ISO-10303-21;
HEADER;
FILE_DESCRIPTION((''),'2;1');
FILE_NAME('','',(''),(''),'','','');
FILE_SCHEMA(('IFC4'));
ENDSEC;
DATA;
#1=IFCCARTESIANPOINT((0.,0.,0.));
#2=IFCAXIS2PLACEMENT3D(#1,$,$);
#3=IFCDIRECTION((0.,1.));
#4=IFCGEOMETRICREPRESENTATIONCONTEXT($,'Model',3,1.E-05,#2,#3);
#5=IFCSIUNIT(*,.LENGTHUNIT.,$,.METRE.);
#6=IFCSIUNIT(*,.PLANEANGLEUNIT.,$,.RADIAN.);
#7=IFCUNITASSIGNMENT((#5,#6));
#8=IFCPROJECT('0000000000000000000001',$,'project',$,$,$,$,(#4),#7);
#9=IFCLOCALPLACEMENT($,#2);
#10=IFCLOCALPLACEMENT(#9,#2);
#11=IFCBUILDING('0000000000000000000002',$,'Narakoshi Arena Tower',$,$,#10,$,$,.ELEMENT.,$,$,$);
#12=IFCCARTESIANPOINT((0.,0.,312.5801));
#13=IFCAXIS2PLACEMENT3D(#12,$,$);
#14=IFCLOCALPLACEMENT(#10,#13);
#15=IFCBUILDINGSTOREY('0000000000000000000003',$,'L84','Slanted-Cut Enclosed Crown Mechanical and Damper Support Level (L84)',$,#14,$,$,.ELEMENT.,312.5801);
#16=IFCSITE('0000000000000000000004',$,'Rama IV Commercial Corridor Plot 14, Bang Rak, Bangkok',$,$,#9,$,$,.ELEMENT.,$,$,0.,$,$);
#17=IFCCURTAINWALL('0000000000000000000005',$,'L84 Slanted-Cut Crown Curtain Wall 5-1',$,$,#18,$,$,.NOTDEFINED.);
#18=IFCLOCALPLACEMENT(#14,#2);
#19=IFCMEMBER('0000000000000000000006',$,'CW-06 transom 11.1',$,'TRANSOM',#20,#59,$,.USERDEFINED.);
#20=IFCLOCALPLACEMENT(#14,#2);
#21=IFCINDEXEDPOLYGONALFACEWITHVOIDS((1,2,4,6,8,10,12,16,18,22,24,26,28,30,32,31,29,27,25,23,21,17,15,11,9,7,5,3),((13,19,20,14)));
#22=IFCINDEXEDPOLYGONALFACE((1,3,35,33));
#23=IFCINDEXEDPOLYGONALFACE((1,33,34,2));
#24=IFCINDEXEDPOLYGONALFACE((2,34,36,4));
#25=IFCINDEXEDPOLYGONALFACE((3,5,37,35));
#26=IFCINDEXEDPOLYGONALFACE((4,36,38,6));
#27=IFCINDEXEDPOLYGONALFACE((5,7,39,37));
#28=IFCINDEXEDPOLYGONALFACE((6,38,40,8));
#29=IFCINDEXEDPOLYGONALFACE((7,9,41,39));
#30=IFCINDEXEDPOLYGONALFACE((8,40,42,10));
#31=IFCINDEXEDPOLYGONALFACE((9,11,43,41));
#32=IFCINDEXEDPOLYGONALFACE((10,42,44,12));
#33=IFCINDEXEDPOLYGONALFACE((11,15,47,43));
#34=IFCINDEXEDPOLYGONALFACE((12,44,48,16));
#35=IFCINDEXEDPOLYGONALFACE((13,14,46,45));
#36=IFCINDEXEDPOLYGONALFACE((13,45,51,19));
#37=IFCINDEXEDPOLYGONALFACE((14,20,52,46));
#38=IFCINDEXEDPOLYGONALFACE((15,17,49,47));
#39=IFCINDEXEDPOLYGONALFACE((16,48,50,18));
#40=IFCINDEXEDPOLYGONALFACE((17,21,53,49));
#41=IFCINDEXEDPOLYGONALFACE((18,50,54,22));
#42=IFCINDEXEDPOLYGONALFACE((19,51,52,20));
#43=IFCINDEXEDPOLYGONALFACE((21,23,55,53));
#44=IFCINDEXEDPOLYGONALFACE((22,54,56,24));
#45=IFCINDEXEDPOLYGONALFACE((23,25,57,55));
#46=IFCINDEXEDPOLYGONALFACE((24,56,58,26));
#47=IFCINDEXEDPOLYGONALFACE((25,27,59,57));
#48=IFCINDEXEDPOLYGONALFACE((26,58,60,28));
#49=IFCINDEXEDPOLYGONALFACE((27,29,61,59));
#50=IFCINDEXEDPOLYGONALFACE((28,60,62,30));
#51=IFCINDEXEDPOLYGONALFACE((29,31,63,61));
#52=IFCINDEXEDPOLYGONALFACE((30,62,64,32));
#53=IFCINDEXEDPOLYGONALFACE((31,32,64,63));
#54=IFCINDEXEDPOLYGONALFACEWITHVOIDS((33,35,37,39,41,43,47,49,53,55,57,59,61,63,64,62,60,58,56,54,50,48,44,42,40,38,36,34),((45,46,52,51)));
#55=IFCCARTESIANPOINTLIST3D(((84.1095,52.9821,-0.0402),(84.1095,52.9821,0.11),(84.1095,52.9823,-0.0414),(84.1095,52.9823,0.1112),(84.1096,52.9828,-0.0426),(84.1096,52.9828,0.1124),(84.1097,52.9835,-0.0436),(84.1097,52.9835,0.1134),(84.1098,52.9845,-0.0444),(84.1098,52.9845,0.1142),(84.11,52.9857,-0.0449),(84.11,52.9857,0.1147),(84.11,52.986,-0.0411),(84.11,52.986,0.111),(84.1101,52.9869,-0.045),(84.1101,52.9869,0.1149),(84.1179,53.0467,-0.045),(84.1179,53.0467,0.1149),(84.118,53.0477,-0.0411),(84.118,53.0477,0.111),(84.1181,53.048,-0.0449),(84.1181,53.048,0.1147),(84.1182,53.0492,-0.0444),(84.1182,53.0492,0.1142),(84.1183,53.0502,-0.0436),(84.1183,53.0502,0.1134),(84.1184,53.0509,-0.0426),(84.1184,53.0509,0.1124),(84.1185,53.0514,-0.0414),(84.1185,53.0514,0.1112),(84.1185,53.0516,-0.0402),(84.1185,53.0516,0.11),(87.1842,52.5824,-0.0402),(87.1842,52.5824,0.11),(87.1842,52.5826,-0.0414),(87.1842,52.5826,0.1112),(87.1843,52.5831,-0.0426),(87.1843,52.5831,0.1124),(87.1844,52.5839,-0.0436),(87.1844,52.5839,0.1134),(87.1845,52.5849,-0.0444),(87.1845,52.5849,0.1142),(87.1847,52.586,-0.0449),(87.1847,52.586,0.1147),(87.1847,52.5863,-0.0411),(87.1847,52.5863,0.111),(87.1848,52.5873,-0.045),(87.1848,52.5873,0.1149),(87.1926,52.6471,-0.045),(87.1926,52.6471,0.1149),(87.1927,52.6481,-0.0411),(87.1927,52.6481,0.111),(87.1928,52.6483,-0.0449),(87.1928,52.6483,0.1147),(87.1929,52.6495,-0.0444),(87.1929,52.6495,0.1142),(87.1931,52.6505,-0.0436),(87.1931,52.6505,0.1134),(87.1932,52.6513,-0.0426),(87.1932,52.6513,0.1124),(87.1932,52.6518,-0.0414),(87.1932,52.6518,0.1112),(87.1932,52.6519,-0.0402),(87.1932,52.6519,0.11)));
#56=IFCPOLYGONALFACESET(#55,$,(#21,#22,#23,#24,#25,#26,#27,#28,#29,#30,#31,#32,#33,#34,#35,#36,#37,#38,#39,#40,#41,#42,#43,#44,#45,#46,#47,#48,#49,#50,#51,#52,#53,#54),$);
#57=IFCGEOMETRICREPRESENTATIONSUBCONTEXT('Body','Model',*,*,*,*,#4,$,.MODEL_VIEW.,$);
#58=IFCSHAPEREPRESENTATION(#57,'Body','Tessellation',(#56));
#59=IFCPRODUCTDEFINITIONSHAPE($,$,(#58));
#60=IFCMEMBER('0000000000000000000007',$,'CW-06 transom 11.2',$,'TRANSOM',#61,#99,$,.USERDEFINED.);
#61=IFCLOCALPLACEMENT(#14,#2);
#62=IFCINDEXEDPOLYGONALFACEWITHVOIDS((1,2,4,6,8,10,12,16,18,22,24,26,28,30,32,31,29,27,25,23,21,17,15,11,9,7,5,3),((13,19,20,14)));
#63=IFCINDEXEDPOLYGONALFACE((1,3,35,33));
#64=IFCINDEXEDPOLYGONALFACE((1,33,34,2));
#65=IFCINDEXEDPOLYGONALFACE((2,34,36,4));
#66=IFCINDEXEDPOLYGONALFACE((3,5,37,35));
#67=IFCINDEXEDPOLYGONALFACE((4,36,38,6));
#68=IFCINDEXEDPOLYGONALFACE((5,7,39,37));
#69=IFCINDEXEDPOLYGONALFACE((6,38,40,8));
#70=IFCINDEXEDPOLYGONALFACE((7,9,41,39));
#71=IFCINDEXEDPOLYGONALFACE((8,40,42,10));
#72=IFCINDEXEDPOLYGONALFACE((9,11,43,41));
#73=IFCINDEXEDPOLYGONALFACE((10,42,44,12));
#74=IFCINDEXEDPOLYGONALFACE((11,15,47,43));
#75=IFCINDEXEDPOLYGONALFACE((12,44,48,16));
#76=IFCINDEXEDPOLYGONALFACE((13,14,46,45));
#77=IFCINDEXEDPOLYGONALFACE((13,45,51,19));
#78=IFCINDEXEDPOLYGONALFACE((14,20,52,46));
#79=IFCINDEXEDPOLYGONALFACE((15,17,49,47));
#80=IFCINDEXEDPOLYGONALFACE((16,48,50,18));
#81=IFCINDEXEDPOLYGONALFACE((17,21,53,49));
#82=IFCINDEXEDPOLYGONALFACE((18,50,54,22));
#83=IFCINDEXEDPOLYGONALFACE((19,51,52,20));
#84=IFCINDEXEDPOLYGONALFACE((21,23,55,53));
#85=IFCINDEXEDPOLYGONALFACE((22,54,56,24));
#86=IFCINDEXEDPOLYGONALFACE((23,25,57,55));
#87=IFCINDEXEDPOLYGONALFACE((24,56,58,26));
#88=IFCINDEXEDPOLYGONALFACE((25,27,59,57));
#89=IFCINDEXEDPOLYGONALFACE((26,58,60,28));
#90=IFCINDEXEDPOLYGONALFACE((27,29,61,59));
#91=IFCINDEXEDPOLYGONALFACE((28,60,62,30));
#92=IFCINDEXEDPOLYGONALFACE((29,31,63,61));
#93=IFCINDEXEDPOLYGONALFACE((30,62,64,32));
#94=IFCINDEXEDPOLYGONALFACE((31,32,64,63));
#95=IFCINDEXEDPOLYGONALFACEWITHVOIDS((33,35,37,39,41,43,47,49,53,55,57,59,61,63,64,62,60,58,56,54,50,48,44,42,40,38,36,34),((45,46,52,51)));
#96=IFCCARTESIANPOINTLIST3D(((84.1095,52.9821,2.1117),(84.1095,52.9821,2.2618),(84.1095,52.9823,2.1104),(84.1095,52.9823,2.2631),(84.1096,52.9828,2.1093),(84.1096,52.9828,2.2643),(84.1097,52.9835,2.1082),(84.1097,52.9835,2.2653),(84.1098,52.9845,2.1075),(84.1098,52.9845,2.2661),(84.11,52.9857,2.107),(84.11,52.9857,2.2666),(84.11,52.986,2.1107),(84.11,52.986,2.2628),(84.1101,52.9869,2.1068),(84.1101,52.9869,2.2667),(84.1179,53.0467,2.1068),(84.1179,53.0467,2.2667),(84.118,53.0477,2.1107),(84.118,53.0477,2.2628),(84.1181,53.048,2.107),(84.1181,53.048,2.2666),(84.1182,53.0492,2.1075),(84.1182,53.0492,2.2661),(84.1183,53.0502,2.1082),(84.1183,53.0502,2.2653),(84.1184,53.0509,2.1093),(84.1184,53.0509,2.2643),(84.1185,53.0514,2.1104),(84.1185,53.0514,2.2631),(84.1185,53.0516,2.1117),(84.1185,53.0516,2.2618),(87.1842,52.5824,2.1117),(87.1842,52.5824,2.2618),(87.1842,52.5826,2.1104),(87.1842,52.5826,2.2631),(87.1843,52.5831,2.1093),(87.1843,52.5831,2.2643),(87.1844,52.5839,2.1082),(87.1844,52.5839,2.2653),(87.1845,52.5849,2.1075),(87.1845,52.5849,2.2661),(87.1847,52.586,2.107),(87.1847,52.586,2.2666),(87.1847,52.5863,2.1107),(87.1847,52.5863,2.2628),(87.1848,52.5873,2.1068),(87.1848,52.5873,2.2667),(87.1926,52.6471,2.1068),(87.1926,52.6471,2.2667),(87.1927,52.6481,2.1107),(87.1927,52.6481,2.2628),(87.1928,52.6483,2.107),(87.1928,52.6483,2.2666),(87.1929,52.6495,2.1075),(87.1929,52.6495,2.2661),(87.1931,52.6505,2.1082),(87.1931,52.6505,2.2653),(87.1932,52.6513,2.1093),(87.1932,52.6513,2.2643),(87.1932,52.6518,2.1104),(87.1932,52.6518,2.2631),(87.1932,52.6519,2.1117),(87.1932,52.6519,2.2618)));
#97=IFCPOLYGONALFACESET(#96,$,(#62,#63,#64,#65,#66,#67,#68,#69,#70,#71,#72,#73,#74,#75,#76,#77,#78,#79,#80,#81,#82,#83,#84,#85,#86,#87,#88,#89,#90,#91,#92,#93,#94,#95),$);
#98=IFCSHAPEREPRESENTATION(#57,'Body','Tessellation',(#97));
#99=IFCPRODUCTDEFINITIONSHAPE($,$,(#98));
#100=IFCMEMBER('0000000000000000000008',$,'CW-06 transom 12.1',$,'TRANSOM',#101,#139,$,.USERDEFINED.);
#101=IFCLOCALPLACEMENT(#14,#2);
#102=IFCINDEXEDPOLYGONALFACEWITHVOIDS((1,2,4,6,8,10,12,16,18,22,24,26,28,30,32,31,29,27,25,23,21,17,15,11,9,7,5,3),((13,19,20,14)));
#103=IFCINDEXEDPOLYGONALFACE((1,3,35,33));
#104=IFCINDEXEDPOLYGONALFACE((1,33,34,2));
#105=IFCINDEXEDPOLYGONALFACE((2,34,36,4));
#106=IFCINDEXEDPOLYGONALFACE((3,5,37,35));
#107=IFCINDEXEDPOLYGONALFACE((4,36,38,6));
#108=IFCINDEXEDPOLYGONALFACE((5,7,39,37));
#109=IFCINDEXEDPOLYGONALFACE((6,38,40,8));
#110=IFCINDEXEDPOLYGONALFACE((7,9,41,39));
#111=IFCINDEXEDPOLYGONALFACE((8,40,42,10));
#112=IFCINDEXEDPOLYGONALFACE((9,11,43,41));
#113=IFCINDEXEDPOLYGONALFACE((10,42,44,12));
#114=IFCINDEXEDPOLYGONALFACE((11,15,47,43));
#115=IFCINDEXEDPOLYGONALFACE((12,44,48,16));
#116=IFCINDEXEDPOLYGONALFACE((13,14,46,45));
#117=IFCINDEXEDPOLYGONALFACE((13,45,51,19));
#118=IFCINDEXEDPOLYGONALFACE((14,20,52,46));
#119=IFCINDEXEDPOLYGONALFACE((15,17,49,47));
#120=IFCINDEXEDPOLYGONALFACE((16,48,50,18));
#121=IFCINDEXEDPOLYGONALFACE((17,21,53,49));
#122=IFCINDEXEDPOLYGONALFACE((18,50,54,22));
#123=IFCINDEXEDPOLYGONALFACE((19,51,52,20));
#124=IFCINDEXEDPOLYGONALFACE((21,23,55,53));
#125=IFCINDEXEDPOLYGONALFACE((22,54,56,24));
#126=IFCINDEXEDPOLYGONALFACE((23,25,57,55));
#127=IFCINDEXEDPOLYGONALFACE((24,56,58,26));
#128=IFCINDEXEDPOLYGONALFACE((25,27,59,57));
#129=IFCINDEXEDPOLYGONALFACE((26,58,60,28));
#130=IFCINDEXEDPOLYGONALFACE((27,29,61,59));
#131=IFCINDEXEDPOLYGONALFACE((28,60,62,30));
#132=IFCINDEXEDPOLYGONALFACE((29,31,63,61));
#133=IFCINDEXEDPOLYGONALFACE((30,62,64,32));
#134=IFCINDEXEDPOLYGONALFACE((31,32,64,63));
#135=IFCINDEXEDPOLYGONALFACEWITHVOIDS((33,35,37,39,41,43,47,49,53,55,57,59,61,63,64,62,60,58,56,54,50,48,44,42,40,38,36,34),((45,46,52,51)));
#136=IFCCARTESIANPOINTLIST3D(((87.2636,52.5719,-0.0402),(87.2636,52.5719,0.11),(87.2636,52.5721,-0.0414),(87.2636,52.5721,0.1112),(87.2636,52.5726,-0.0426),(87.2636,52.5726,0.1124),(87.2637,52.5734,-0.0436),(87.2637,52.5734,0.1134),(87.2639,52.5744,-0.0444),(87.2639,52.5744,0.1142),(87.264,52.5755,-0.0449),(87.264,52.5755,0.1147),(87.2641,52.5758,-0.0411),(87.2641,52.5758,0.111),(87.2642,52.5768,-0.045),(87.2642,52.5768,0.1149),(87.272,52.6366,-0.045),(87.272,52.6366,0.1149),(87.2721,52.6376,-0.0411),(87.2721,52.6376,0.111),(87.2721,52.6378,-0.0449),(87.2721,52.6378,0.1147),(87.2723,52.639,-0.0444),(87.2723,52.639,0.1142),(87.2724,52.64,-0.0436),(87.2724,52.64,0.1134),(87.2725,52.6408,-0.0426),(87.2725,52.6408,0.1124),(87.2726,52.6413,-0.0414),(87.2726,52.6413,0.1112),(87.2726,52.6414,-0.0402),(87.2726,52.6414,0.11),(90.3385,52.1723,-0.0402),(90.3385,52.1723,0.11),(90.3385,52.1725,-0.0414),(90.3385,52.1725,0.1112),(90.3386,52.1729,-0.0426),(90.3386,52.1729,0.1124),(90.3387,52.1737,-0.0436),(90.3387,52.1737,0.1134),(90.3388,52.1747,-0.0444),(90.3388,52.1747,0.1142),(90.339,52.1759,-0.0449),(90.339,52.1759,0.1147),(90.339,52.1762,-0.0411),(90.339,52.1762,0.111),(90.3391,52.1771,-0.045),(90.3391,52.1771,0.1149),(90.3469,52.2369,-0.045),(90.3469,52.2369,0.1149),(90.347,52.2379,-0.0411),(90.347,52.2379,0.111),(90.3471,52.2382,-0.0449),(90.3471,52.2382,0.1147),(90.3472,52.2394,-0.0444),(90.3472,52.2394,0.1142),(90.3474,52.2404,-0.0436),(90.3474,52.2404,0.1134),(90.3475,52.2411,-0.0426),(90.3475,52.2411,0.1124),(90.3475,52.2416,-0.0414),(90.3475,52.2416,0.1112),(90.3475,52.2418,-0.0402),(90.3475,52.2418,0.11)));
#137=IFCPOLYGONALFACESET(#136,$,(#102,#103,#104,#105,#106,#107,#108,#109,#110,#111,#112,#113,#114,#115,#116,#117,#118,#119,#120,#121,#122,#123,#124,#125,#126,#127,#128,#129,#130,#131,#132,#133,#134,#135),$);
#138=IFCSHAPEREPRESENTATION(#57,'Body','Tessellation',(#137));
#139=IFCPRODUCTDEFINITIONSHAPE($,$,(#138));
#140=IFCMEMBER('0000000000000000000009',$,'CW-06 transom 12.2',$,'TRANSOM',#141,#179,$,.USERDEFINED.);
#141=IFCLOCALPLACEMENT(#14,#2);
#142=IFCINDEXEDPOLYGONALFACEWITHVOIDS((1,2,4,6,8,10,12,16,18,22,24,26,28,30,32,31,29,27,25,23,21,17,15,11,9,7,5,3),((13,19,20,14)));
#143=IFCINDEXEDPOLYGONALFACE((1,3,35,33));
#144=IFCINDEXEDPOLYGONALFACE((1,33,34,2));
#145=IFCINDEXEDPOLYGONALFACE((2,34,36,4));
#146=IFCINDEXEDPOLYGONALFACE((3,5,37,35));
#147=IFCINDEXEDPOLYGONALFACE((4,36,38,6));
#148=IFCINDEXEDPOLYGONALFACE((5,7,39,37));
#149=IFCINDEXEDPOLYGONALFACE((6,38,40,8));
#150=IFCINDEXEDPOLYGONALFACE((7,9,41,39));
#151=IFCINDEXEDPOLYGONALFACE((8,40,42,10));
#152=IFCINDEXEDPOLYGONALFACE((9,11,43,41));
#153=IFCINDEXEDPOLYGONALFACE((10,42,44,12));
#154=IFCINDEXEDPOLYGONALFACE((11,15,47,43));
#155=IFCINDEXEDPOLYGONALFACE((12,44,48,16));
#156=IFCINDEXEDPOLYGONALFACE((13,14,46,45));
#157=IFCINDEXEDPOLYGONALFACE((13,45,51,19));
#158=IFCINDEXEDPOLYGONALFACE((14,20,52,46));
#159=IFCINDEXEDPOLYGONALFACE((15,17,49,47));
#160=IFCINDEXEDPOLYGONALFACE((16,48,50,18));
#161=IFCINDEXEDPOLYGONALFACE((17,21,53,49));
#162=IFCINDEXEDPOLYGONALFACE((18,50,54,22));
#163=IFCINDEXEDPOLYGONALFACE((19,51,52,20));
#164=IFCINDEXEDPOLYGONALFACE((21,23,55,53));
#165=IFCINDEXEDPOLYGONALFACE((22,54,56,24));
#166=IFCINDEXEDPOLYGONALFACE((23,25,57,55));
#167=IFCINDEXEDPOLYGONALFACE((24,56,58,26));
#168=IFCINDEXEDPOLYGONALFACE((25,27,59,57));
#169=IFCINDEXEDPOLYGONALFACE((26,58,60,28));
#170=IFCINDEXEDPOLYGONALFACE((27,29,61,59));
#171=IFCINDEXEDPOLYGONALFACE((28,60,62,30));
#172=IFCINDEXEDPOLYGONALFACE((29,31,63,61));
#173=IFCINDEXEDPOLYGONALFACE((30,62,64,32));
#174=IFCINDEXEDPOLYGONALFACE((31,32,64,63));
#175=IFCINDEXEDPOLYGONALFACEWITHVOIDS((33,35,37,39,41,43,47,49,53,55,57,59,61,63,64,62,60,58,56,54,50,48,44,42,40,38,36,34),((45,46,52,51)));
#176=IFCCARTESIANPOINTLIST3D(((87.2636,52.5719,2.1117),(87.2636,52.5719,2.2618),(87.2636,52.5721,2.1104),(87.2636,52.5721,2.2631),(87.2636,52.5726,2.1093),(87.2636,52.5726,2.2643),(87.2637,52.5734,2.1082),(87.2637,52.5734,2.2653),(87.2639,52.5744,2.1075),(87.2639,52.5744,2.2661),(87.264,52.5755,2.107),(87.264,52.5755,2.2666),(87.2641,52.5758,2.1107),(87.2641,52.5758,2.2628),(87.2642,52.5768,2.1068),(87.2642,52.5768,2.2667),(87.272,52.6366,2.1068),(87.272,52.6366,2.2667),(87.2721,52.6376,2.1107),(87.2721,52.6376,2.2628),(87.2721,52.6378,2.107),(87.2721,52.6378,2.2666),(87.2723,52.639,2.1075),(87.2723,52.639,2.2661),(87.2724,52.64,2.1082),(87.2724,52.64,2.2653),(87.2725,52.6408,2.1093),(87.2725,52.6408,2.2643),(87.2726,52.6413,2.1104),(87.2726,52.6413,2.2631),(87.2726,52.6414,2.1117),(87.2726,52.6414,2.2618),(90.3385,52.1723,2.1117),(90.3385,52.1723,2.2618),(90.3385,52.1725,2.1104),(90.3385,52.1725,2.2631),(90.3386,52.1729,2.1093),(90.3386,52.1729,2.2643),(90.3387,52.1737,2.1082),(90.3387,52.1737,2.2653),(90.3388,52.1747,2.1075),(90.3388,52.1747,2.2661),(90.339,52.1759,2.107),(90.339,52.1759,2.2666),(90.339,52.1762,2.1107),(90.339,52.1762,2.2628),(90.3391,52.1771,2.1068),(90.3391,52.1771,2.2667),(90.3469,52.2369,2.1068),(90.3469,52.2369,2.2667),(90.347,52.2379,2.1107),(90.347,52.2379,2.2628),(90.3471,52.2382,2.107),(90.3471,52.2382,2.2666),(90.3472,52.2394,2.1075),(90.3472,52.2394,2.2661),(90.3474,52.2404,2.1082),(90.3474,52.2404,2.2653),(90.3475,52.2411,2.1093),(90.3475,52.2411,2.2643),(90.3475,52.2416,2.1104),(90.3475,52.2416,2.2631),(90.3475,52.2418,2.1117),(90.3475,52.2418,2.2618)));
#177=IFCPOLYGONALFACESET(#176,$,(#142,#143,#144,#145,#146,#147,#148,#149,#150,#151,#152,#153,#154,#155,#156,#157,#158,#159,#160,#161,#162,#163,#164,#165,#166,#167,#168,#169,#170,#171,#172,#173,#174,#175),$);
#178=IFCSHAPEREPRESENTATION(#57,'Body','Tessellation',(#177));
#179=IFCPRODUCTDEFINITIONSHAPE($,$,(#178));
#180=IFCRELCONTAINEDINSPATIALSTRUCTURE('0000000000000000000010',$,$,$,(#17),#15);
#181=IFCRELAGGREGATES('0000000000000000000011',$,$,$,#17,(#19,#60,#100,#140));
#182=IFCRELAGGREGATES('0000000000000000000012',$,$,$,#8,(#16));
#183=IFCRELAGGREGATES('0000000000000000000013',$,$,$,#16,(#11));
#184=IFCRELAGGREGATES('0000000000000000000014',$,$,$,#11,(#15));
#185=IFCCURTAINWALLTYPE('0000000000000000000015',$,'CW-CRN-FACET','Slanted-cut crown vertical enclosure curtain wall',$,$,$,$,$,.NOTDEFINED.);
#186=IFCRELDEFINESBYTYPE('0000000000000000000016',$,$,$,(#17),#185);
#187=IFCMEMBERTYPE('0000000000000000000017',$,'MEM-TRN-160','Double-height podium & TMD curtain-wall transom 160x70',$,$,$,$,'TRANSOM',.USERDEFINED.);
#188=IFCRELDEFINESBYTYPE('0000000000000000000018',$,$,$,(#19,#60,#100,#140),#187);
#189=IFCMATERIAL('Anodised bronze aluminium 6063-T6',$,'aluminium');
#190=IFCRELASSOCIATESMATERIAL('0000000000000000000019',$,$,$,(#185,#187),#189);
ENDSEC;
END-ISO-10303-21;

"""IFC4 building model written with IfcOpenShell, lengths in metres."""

from ifc_helpers import new_model, si_unit, direction, frame, origin, origin_2d, place, context, subcontext, project, spatial, hollow_rectangle, extrude, material, material_profile, profile_set, type_object, element, aggregate, save


model = new_model("IFC4")

# Units and contexts
model_context = context("Model", 3, precision=1e-05, world=origin(), true_north=direction((0.0, 1.0)))
body_context = subcontext(model_context, "Body", "Model", "MODEL_VIEW")
ifc_project = project(units=[si_unit("LENGTHUNIT", "METRE"), si_unit("PLANEANGLEUNIT", "RADIAN")], contexts=[model_context])

# Site, building, storey
site_placement = place(None, origin())
site = spatial("IfcSite", under=ifc_project, at=site_placement, Name="Rama IV Commercial Corridor Plot 14, Bang Rak, Bangkok", CompositionType="ELEMENT", RefElevation=0.0)
building_placement = place(site_placement, origin())
building = spatial("IfcBuilding", under=site, at=building_placement, Name="Narakoshi Arena Tower", CompositionType="ELEMENT")
storey_placement = place(building_placement, frame((0.0, 0.0, 312.5801)))
storey = spatial("IfcBuildingStorey", under=building, at=storey_placement, Name="L84", Description="Slanted-Cut Enclosed Crown Mechanical and Damper Support Level (L84)", CompositionType="ELEMENT", Elevation=312.5801)

# Curtain wall, members
ifc_material_1 = material(Name="Anodised bronze aluminium 6063-T6", Category="aluminium")
curtain_wall_type = type_object("IfcCurtainWallType", Name="CW-CRN-FACET", Description="Slanted-cut crown vertical enclosure curtain wall", PredefinedType="NOTDEFINED", material=ifc_material_1)
curtain_wall_placement = place(storey_placement, origin())
curtain_wall = element("IfcCurtainWall", 1, at=curtain_wall_placement, inside=storey, type_object=curtain_wall_type, Name="L84 Slanted-Cut Crown Curtain Wall 5-1", PredefinedType="NOTDEFINED")
ifc_material_profile_1 = material_profile(ifc_material_1, hollow_rectangle(XDim=0.0701, YDim=0.1599, WallThickness=0.0039, OuterFilletRadius=0.0049, at=origin_2d()), Name="TRN160x70x4")
ifc_profile_set_1 = profile_set([ifc_material_profile_1], Name="Anodised bronze aluminium 6063-T6")
member_type_1 = type_object("IfcMemberType", Name="MEM-TRN-160", Description="Double-height podium & TMD curtain-wall transom 160x70", ElementType="TRANSOM", PredefinedType="USERDEFINED", material=ifc_profile_set_1)
member_1_placement = place(storey_placement, frame((84.114, 53.0168, 0.0349), z_axis=(0.991658, -0.128898, 0.0), x_axis=(0.128898, 0.991658, 0.0)))
member_1 = element("IfcMember", 2, at=member_1_placement, type_object=member_type_1, Name="CW-06 transom 11.1", ObjectType="TRANSOM", PredefinedType="USERDEFINED", context=body_context, shape_type="SweptSolid", body=[
    extrude(hollow_rectangle(XDim=0.0701, YDim=0.1599, WallThickness=0.0039, OuterFilletRadius=0.0049, at=origin_2d()), origin(), (0.0, 0.0, 1.0), 3.1006),
])
member_2_placement = place(storey_placement, frame((84.114, 53.0168, 2.1868), z_axis=(0.991658, -0.128898, 0.0), x_axis=(0.128898, 0.991658, 0.0)))
member_2 = element("IfcMember", 3, at=member_2_placement, type_object=member_type_1, Name="CW-06 transom 11.2", ObjectType="TRANSOM", PredefinedType="USERDEFINED", context=body_context, shape_type="SweptSolid", body=[
    extrude(hollow_rectangle(XDim=0.0701, YDim=0.1599, WallThickness=0.0039, OuterFilletRadius=0.0049, at=origin_2d()), origin(), (0.0, 0.0, 1.0), 3.1006),
])
member_3_placement = place(storey_placement, frame((87.2681, 52.6067, 0.0349), z_axis=(0.991659, -0.128888, 0.0), x_axis=(0.128888, 0.991659, 0.0)))
member_3 = element("IfcMember", 4, at=member_3_placement, type_object=member_type_1, Name="CW-06 transom 12.1", ObjectType="TRANSOM", PredefinedType="USERDEFINED", context=body_context, shape_type="SweptSolid", body=[
    extrude(hollow_rectangle(XDim=0.0701, YDim=0.1599, WallThickness=0.0039, OuterFilletRadius=0.0049, at=origin_2d()), origin(), (0.0, 0.0, 1.0), 3.1008),
])
member_4_placement = place(storey_placement, frame((87.2681, 52.6067, 2.1868), z_axis=(0.991659, -0.128888, 0.0), x_axis=(0.128888, 0.991659, 0.0)))
member_4 = element("IfcMember", 5, at=member_4_placement, type_object=member_type_1, Name="CW-06 transom 12.2", ObjectType="TRANSOM", PredefinedType="USERDEFINED", context=body_context, shape_type="SweptSolid", body=[
    extrude(hollow_rectangle(XDim=0.0701, YDim=0.1599, WallThickness=0.0039, OuterFilletRadius=0.0049, at=origin_2d()), origin(), (0.0, 0.0, 1.0), 3.1008),
])
aggregate(curtain_wall, [member_1, member_2, member_3, member_4])

save(model, "model.ifc")
